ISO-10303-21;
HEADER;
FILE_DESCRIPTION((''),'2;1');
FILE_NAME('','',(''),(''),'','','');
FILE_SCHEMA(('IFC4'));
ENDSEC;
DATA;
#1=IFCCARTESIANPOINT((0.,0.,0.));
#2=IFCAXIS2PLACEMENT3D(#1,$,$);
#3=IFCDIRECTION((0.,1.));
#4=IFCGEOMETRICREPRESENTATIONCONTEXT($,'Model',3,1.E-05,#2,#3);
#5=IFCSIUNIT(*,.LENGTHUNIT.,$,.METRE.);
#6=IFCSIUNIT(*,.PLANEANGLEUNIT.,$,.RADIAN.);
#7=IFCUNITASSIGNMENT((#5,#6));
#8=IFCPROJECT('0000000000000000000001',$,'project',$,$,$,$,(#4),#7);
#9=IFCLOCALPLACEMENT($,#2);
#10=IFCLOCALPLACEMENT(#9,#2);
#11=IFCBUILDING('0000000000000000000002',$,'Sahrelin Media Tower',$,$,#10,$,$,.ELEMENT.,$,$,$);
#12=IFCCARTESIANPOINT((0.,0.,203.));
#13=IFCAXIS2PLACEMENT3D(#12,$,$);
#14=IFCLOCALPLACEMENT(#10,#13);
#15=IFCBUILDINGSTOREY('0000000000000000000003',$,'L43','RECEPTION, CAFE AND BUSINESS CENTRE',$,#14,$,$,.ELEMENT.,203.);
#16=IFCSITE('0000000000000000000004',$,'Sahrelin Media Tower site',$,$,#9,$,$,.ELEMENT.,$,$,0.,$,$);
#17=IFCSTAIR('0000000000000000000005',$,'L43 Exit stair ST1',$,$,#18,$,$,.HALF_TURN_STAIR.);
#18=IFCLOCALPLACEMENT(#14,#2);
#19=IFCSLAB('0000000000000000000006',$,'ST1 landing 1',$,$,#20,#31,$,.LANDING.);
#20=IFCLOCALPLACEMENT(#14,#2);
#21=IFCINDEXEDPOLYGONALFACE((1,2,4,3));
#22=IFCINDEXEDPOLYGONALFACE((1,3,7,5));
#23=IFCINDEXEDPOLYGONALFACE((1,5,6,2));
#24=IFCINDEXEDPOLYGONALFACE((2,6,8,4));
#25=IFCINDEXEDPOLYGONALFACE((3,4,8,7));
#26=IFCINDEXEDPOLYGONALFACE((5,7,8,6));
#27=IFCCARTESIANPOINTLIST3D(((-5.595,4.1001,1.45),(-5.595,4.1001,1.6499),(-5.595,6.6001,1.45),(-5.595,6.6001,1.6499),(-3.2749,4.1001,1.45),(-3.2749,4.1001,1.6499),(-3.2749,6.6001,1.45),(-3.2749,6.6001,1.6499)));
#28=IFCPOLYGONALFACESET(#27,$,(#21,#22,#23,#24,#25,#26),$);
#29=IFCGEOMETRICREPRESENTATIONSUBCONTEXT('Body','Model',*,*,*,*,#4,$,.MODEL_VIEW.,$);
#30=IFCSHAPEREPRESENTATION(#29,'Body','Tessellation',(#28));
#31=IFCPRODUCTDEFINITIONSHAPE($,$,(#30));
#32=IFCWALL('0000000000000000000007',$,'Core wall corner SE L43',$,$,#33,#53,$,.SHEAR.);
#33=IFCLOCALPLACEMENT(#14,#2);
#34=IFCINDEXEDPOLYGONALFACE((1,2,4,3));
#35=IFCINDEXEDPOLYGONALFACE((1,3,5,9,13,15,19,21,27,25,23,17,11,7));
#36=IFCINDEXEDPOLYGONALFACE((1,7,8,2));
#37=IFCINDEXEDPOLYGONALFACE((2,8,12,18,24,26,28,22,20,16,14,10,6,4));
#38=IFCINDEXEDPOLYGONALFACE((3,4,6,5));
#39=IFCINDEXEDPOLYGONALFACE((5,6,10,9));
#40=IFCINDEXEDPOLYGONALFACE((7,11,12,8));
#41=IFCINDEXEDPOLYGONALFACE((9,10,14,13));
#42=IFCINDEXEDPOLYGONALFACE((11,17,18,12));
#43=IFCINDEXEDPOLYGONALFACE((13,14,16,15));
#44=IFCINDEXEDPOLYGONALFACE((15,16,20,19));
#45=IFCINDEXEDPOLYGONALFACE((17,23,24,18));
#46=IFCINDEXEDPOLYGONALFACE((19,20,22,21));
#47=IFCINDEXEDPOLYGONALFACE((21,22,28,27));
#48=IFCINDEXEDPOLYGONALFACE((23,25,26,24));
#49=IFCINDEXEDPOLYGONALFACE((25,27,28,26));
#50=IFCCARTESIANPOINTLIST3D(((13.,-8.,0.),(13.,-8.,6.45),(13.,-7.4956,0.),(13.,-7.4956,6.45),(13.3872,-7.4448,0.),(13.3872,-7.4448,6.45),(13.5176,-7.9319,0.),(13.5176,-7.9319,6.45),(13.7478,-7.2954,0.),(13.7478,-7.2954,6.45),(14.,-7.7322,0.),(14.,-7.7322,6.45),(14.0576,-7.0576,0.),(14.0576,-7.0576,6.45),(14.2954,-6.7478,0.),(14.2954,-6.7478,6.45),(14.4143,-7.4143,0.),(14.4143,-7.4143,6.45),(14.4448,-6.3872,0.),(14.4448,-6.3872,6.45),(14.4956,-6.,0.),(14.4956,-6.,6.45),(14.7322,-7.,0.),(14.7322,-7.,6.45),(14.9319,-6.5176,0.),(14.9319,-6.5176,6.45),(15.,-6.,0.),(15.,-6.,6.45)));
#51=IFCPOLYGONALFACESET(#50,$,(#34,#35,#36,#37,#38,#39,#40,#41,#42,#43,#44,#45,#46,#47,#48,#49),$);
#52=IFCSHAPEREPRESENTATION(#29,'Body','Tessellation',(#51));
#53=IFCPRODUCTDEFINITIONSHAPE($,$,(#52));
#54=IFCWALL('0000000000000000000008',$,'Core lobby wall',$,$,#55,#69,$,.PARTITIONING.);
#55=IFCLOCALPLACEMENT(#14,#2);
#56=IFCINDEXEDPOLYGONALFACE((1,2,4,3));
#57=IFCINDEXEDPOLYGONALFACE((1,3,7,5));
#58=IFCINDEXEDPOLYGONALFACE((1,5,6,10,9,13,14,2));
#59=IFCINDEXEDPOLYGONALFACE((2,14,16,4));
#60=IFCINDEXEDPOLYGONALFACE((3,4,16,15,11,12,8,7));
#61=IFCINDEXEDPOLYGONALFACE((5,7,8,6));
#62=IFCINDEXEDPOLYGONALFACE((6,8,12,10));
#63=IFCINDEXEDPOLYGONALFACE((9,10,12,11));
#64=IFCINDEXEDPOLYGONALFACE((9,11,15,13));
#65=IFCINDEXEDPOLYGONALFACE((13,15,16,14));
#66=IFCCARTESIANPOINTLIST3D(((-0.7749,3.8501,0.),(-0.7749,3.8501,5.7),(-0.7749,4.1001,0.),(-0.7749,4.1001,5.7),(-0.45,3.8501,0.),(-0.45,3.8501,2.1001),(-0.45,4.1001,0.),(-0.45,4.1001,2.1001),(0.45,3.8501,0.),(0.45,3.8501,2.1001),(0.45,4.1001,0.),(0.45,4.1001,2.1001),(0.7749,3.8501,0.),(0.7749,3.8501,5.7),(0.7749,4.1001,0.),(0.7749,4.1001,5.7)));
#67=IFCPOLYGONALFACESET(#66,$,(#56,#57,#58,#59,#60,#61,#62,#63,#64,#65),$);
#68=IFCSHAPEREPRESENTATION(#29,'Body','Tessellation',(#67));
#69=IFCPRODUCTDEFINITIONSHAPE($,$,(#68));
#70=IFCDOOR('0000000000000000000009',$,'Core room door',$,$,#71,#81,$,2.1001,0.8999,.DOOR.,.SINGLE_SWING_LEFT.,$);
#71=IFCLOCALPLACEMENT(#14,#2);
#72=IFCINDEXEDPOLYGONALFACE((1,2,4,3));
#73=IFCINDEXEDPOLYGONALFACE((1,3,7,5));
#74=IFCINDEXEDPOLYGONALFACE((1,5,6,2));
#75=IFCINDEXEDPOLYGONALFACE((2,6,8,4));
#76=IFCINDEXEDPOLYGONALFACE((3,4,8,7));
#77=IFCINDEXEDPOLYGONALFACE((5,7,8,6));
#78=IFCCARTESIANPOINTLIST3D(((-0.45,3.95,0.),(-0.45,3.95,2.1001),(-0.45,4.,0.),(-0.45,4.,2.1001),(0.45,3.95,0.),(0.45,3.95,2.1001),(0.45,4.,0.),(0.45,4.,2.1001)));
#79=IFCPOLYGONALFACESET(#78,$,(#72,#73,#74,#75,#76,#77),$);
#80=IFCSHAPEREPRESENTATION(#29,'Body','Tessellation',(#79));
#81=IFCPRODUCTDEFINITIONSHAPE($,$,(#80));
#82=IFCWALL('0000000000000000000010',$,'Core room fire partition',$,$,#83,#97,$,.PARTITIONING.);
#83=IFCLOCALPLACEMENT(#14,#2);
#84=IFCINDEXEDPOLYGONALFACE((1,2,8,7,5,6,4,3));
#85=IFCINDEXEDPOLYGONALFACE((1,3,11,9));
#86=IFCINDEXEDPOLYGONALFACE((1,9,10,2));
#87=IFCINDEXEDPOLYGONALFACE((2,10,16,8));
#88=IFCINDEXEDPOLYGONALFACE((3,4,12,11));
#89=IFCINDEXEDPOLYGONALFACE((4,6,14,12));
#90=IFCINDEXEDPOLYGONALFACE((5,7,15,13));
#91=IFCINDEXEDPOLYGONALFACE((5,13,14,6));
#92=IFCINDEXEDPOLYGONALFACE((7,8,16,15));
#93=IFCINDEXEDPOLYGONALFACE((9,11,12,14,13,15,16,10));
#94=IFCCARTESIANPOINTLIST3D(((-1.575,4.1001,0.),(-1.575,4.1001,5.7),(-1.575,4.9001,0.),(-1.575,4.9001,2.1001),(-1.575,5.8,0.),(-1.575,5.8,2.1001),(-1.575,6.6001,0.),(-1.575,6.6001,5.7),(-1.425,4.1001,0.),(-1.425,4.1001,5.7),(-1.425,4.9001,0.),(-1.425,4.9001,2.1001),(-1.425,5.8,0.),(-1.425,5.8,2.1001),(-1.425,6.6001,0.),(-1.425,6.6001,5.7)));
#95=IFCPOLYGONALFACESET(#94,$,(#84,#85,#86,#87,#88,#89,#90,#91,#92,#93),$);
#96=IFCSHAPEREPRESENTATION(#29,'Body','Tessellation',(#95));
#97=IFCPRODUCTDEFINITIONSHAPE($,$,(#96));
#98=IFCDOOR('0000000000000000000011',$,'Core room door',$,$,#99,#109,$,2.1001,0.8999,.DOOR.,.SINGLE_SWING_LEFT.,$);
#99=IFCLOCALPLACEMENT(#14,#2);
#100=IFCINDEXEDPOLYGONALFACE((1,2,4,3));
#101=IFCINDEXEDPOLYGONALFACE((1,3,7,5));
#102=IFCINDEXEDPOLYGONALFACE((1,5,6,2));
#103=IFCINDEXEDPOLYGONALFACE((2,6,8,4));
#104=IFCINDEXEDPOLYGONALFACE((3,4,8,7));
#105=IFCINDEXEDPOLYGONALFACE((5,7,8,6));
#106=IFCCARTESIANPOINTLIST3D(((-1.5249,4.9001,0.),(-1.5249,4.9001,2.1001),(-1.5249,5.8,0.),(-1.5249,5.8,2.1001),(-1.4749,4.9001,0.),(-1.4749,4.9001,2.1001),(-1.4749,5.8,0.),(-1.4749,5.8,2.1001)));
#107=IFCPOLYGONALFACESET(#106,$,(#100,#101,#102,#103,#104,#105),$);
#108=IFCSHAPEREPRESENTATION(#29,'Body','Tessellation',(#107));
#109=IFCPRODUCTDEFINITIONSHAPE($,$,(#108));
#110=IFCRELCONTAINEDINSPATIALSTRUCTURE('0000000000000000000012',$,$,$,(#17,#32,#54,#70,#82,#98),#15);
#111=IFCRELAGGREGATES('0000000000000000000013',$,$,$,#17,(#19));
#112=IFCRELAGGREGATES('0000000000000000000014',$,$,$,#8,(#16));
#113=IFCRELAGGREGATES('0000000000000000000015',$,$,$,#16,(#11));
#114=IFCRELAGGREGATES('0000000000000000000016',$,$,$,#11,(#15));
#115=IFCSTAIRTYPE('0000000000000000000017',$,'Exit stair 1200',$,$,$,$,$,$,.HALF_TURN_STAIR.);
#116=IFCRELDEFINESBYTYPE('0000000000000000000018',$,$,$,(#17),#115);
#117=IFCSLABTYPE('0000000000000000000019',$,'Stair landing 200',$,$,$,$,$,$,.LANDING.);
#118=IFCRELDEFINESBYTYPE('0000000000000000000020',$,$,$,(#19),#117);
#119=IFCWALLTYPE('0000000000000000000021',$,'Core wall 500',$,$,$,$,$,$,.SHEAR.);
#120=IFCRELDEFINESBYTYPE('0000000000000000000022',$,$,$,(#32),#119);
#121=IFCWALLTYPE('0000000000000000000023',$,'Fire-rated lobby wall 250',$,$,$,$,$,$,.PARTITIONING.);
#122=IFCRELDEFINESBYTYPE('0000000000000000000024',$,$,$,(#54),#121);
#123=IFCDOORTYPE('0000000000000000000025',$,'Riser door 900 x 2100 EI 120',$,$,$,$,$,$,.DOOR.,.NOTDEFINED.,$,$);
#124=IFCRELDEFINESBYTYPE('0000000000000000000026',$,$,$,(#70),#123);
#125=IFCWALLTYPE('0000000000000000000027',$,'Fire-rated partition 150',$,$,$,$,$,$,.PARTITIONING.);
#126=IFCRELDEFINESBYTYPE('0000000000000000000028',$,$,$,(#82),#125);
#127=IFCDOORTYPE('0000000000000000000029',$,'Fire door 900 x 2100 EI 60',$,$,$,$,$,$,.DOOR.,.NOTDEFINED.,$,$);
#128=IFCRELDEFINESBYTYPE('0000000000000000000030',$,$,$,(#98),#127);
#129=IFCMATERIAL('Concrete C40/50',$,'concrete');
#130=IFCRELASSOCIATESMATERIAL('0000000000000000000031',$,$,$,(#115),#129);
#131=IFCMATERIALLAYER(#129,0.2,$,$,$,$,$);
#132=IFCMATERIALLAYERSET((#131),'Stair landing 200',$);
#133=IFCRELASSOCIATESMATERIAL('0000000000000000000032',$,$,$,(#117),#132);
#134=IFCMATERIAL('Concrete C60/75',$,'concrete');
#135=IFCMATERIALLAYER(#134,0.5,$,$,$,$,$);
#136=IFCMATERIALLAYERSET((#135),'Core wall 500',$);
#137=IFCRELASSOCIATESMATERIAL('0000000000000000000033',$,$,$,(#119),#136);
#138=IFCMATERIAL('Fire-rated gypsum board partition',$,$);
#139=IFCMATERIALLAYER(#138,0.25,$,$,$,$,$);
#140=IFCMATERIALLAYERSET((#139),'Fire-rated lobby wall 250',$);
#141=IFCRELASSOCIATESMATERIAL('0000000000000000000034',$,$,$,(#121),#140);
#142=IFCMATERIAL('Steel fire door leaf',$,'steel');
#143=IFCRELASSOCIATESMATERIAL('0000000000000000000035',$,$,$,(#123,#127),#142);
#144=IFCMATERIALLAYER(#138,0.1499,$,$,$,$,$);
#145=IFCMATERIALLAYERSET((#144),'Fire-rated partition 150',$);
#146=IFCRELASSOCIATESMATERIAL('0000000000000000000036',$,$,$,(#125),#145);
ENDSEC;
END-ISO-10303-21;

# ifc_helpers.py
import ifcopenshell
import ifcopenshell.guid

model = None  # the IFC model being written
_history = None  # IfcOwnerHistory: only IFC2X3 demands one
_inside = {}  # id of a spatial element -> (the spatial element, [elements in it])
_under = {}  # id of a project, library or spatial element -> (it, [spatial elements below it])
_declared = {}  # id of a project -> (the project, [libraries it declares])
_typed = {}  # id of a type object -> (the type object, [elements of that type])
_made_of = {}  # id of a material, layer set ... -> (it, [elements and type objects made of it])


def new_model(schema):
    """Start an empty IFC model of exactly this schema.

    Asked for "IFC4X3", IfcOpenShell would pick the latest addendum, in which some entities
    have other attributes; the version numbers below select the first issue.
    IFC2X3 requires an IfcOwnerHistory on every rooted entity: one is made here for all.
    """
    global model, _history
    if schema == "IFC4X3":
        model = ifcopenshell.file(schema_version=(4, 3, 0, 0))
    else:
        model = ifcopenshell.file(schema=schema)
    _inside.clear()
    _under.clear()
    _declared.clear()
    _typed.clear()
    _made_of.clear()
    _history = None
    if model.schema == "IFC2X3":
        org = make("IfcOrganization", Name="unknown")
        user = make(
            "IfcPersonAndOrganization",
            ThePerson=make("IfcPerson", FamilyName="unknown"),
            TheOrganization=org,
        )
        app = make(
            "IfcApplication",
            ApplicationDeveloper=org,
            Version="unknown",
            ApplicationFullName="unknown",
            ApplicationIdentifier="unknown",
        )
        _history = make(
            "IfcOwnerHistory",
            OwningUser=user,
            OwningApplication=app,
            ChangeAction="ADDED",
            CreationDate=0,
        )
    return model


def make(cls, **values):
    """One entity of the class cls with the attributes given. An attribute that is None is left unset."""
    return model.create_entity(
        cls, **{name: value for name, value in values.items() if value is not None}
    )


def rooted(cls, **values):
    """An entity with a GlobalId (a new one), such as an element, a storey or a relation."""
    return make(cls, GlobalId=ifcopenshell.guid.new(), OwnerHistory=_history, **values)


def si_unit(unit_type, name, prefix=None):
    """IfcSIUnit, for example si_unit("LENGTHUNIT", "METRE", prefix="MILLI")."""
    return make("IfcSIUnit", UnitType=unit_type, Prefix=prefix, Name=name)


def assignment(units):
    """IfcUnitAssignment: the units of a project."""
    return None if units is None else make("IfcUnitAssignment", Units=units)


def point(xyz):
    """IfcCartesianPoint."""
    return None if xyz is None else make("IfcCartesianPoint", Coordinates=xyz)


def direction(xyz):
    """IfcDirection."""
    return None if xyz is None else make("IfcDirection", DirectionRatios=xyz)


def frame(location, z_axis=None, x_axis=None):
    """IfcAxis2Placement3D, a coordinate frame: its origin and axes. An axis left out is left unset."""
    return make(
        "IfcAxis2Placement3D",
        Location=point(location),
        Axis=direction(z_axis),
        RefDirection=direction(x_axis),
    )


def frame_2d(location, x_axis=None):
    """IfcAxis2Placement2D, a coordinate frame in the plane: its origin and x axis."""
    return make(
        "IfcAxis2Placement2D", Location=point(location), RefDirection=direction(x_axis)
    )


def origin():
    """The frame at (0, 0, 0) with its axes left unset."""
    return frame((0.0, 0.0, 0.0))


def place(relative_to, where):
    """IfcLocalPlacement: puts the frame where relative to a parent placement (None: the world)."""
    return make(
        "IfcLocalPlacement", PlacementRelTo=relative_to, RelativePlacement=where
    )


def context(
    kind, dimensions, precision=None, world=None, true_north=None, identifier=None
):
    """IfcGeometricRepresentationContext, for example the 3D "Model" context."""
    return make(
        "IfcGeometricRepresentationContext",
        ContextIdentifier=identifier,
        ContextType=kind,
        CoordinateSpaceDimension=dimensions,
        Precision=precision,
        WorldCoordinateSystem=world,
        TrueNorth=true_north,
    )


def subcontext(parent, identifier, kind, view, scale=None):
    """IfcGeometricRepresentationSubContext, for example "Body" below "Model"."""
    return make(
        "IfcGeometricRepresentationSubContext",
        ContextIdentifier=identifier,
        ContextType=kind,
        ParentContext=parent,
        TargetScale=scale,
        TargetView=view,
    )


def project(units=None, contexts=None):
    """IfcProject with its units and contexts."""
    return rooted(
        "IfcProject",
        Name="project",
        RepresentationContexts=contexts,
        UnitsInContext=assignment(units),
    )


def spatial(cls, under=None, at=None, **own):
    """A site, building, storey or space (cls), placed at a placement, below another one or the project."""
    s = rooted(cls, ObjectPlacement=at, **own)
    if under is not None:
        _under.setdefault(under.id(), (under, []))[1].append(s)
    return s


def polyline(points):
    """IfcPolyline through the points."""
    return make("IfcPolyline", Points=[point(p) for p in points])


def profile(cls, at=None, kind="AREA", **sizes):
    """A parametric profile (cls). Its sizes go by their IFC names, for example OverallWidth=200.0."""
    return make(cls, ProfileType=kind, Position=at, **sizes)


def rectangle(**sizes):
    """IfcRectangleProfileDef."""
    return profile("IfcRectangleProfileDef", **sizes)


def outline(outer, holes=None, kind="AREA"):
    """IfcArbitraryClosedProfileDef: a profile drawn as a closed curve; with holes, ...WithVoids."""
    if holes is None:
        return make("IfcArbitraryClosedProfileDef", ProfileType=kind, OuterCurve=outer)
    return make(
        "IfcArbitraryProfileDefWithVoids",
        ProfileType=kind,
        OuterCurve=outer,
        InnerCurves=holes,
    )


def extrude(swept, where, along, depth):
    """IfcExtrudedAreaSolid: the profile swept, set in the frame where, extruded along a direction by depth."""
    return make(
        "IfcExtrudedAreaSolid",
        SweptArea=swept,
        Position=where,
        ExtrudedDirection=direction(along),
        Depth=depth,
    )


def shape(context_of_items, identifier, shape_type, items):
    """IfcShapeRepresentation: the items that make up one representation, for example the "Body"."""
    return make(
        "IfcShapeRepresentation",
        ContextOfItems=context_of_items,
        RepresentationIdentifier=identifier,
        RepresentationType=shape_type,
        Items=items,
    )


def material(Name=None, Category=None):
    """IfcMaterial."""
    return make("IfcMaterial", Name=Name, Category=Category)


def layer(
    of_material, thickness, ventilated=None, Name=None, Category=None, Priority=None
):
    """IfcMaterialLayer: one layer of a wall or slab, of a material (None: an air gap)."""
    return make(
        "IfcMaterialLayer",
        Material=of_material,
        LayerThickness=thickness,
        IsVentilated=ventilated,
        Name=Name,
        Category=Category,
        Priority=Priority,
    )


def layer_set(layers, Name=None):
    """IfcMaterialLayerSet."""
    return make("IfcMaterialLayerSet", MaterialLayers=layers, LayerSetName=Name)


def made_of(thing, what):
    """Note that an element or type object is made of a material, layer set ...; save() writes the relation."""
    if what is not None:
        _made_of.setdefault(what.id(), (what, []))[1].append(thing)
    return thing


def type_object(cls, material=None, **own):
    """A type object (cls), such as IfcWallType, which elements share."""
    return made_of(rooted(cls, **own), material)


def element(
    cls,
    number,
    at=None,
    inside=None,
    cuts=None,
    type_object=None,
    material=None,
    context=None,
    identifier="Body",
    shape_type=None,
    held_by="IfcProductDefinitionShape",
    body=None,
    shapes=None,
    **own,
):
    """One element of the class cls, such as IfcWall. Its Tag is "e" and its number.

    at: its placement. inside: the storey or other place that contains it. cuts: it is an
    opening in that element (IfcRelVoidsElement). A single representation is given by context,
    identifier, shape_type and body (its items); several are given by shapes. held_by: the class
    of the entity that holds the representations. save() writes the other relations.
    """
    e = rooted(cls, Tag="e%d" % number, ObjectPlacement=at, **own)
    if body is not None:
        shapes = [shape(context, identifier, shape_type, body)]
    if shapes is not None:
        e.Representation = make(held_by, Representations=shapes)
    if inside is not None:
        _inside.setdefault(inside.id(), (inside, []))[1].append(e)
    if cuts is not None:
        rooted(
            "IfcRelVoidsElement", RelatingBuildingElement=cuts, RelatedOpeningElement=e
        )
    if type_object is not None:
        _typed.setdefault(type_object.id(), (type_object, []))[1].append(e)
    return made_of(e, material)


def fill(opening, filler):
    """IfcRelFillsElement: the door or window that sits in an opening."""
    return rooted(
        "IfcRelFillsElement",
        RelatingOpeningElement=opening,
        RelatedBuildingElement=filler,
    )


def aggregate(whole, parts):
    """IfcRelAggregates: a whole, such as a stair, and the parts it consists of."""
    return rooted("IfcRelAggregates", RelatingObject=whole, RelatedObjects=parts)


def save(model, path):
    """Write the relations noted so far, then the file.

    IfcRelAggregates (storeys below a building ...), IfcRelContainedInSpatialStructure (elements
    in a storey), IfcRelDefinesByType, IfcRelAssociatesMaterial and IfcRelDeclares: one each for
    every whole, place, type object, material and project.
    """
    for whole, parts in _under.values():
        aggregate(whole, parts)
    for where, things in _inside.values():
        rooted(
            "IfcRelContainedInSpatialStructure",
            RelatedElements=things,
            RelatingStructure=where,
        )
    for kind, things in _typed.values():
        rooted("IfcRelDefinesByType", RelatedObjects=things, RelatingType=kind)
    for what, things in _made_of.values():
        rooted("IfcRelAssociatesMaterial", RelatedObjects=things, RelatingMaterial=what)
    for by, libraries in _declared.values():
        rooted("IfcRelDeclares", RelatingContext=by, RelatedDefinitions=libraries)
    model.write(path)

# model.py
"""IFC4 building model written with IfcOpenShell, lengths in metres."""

from ifc_helpers import new_model, si_unit, direction, frame, frame_2d, origin, place, context, subcontext, project, spatial, polyline, rectangle, outline, extrude, material, layer, layer_set, type_object, element, fill, aggregate, save


model = new_model("IFC4")

# Units and contexts
model_context = context("Model", 3, precision=1e-05, world=origin(), true_north=direction((0.0, 1.0)))
body_context = subcontext(model_context, "Body", "Model", "MODEL_VIEW")
ifc_project = project(units=[si_unit("LENGTHUNIT", "METRE"), si_unit("PLANEANGLEUNIT", "RADIAN")], contexts=[model_context])

# Site, building, storey
site_placement = place(None, origin())
site = spatial("IfcSite", under=ifc_project, at=site_placement, Name="Sahrelin Media Tower site", CompositionType="ELEMENT", RefElevation=0.0)
building_placement = place(site_placement, origin())
building = spatial("IfcBuilding", under=site, at=building_placement, Name="Sahrelin Media Tower", CompositionType="ELEMENT")
storey_placement = place(building_placement, frame((0.0, 0.0, 203.0)))
storey = spatial("IfcBuildingStorey", under=building, at=storey_placement, Name="L43", Description="RECEPTION, CAFE AND BUSINESS CENTRE", CompositionType="ELEMENT", Elevation=203.0)

# Stair, slab
ifc_material_1 = material(Name="Concrete C40/50", Category="concrete")
stair_type = type_object("IfcStairType", Name="Exit stair 1200", PredefinedType="HALF_TURN_STAIR", material=ifc_material_1)
placement = place(storey_placement, origin())
stair = element("IfcStair", 1, at=placement, inside=storey, type_object=stair_type, Name="L43 Exit stair ST1", PredefinedType="HALF_TURN_STAIR")
ifc_layer_1 = layer(ifc_material_1, 0.2)
ifc_layer_set_1 = layer_set([ifc_layer_1], Name="Stair landing 200")
slab_type = type_object("IfcSlabType", Name="Stair landing 200", PredefinedType="LANDING", material=ifc_layer_set_1)
slab_placement = place(storey_placement, frame((0.0, 0.0, 1.45)))
slab = element("IfcSlab", 2, at=slab_placement, type_object=slab_type, Name="ST1 landing 1", PredefinedType="LANDING", context=body_context, shape_type="SweptSolid", body=[
    extrude(outline(polyline([(-5.595, 4.1001), (-3.2749, 4.1001), (-3.2749, 6.6001), (-5.595, 6.6001), (-5.595, 4.1001)])), origin(), (0.0, 0.0, 1.0), 0.2),
])
aggregate(stair, [slab])

# Wall
ifc_material_2 = material(Name="Concrete C60/75", Category="concrete")
ifc_layer_2 = layer(ifc_material_2, 0.5)
ifc_layer_set_2 = layer_set([ifc_layer_2], Name="Core wall 500")
wall_type_1 = type_object("IfcWallType", Name="Core wall 500", PredefinedType="SHEAR", material=ifc_layer_set_2)
element("IfcWall", 3, at=placement, inside=storey, type_object=wall_type_1, Name="Core wall corner SE L43", PredefinedType="SHEAR", context=body_context, shape_type="SweptSolid", body=[
    extrude(outline(polyline([(15.0, -6.0), (14.4956, -6.0), (14.4448, -6.3872), (14.2954, -6.7478), (14.0576, -7.0576), (13.7478, -7.2954), (13.3872, -7.4448), (13.0, -7.4956), (13.0, -8.0), (13.5176, -7.9319), (14.0, -7.7322), (14.4143, -7.4143), (14.7322, -7.0), (14.9319, -6.5176), (15.0, -6.0)])), origin(), (0.0, 0.0, 1.0), 6.45),
])

# Walls, openings, doors
ifc_material_3 = material(Name="Fire-rated gypsum board partition")
ifc_layer_3 = layer(ifc_material_3, 0.25)
ifc_layer_set_3 = layer_set([ifc_layer_3], Name="Fire-rated lobby wall 250")
wall_type_2 = type_object("IfcWallType", Name="Fire-rated lobby wall 250", PredefinedType="PARTITIONING", material=ifc_layer_set_3)
wall_1_placement = place(storey_placement, frame((-0.7749, 3.9751, 0.0), z_axis=(0.0, 0.0, 1.0), x_axis=(1.0, 0.0, 0.0)))
wall_1 = element("IfcWall", 4, at=wall_1_placement, inside=storey, type_object=wall_type_2, Name="Core lobby wall", PredefinedType="PARTITIONING", context=body_context, shape_type="SweptSolid", body=[
    extrude(rectangle(XDim=1.5498, YDim=0.25, at=frame_2d((0.7749, 0.0))), origin(), (0.0, 0.0, 1.0), 5.7),
])
opening_1_placement = place(wall_1_placement, frame((0.325, 0.0, 0.0)))
opening_1 = element("IfcOpeningElement", 5, at=opening_1_placement, cuts=wall_1, PredefinedType="OPENING", context=body_context, shape_type="SweptSolid", body=[
    extrude(rectangle(XDim=0.8999, YDim=2.1001, at=frame_2d((0.45, 1.05))), frame((0.0, 0.125, 0.0), z_axis=(0.0, -1.0, 0.0), x_axis=(1.0, 0.0, 0.0)), (0.0, 0.0, 1.0), 0.25),
])
ifc_material_4 = material(Name="Steel fire door leaf", Category="steel")
door_type_1 = type_object("IfcDoorType", Name="Riser door 900 x 2100 EI 120", OperationType="NOTDEFINED", PredefinedType="DOOR", material=ifc_material_4)
door_1_placement = place(opening_1_placement, origin())
door_1 = element("IfcDoor", 6, at=door_1_placement, inside=storey, type_object=door_type_1, Name="Core room door", OperationType="SINGLE_SWING_LEFT", OverallHeight=2.1001, OverallWidth=0.8999, PredefinedType="DOOR", context=body_context, shape_type="SweptSolid", body=[
    extrude(rectangle(XDim=0.8999, YDim=2.1001, at=frame_2d((0.45, 1.05))), frame((0.0, 0.0249, 0.0), z_axis=(0.0, -1.0, 0.0), x_axis=(1.0, 0.0, 0.0)), (0.0, 0.0, 1.0), 0.05),
])
fill(opening_1, door_1)
ifc_layer_4 = layer(ifc_material_3, 0.1499)
ifc_layer_set_4 = layer_set([ifc_layer_4], Name="Fire-rated partition 150")
wall_type_3 = type_object("IfcWallType", Name="Fire-rated partition 150", PredefinedType="PARTITIONING", material=ifc_layer_set_4)
wall_2_placement = place(storey_placement, frame((-1.5, 4.1001, 0.0), z_axis=(0.0, 0.0, 1.0), x_axis=(0.0, 1.0, 0.0)))
wall_2 = element("IfcWall", 7, at=wall_2_placement, inside=storey, type_object=wall_type_3, Name="Core room fire partition", PredefinedType="PARTITIONING", context=body_context, shape_type="SweptSolid", body=[
    extrude(rectangle(XDim=2.5, YDim=0.1499, at=frame_2d((1.25, 0.0))), origin(), (0.0, 0.0, 1.0), 5.7),
])
opening_2_placement = place(wall_2_placement, frame((0.8, 0.0, 0.0)))
opening_2 = element("IfcOpeningElement", 8, at=opening_2_placement, cuts=wall_2, PredefinedType="OPENING", context=body_context, shape_type="SweptSolid", body=[
    extrude(rectangle(XDim=0.8999, YDim=2.1001, at=frame_2d((0.45, 1.05))), frame((0.0, 0.075, 0.0), z_axis=(0.0, -1.0, 0.0), x_axis=(1.0, 0.0, 0.0)), (0.0, 0.0, 1.0), 0.1499),
])
door_type_2 = type_object("IfcDoorType", Name="Fire door 900 x 2100 EI 60", OperationType="NOTDEFINED", PredefinedType="DOOR", material=ifc_material_4)
door_2_placement = place(opening_2_placement, origin())
door_2 = element("IfcDoor", 9, at=door_2_placement, inside=storey, type_object=door_type_2, Name="Core room door", OperationType="SINGLE_SWING_LEFT", OverallHeight=2.1001, OverallWidth=0.8999, PredefinedType="DOOR", context=body_context, shape_type="SweptSolid", body=[
    extrude(rectangle(XDim=0.8999, YDim=2.1001, at=frame_2d((0.45, 1.05))), frame((0.0, 0.0249, 0.0), z_axis=(0.0, -1.0, 0.0), x_axis=(1.0, 0.0, 0.0)), (0.0, 0.0, 1.0), 0.05),
])
fill(opening_2, door_2)

save(model, "model.ifc")
